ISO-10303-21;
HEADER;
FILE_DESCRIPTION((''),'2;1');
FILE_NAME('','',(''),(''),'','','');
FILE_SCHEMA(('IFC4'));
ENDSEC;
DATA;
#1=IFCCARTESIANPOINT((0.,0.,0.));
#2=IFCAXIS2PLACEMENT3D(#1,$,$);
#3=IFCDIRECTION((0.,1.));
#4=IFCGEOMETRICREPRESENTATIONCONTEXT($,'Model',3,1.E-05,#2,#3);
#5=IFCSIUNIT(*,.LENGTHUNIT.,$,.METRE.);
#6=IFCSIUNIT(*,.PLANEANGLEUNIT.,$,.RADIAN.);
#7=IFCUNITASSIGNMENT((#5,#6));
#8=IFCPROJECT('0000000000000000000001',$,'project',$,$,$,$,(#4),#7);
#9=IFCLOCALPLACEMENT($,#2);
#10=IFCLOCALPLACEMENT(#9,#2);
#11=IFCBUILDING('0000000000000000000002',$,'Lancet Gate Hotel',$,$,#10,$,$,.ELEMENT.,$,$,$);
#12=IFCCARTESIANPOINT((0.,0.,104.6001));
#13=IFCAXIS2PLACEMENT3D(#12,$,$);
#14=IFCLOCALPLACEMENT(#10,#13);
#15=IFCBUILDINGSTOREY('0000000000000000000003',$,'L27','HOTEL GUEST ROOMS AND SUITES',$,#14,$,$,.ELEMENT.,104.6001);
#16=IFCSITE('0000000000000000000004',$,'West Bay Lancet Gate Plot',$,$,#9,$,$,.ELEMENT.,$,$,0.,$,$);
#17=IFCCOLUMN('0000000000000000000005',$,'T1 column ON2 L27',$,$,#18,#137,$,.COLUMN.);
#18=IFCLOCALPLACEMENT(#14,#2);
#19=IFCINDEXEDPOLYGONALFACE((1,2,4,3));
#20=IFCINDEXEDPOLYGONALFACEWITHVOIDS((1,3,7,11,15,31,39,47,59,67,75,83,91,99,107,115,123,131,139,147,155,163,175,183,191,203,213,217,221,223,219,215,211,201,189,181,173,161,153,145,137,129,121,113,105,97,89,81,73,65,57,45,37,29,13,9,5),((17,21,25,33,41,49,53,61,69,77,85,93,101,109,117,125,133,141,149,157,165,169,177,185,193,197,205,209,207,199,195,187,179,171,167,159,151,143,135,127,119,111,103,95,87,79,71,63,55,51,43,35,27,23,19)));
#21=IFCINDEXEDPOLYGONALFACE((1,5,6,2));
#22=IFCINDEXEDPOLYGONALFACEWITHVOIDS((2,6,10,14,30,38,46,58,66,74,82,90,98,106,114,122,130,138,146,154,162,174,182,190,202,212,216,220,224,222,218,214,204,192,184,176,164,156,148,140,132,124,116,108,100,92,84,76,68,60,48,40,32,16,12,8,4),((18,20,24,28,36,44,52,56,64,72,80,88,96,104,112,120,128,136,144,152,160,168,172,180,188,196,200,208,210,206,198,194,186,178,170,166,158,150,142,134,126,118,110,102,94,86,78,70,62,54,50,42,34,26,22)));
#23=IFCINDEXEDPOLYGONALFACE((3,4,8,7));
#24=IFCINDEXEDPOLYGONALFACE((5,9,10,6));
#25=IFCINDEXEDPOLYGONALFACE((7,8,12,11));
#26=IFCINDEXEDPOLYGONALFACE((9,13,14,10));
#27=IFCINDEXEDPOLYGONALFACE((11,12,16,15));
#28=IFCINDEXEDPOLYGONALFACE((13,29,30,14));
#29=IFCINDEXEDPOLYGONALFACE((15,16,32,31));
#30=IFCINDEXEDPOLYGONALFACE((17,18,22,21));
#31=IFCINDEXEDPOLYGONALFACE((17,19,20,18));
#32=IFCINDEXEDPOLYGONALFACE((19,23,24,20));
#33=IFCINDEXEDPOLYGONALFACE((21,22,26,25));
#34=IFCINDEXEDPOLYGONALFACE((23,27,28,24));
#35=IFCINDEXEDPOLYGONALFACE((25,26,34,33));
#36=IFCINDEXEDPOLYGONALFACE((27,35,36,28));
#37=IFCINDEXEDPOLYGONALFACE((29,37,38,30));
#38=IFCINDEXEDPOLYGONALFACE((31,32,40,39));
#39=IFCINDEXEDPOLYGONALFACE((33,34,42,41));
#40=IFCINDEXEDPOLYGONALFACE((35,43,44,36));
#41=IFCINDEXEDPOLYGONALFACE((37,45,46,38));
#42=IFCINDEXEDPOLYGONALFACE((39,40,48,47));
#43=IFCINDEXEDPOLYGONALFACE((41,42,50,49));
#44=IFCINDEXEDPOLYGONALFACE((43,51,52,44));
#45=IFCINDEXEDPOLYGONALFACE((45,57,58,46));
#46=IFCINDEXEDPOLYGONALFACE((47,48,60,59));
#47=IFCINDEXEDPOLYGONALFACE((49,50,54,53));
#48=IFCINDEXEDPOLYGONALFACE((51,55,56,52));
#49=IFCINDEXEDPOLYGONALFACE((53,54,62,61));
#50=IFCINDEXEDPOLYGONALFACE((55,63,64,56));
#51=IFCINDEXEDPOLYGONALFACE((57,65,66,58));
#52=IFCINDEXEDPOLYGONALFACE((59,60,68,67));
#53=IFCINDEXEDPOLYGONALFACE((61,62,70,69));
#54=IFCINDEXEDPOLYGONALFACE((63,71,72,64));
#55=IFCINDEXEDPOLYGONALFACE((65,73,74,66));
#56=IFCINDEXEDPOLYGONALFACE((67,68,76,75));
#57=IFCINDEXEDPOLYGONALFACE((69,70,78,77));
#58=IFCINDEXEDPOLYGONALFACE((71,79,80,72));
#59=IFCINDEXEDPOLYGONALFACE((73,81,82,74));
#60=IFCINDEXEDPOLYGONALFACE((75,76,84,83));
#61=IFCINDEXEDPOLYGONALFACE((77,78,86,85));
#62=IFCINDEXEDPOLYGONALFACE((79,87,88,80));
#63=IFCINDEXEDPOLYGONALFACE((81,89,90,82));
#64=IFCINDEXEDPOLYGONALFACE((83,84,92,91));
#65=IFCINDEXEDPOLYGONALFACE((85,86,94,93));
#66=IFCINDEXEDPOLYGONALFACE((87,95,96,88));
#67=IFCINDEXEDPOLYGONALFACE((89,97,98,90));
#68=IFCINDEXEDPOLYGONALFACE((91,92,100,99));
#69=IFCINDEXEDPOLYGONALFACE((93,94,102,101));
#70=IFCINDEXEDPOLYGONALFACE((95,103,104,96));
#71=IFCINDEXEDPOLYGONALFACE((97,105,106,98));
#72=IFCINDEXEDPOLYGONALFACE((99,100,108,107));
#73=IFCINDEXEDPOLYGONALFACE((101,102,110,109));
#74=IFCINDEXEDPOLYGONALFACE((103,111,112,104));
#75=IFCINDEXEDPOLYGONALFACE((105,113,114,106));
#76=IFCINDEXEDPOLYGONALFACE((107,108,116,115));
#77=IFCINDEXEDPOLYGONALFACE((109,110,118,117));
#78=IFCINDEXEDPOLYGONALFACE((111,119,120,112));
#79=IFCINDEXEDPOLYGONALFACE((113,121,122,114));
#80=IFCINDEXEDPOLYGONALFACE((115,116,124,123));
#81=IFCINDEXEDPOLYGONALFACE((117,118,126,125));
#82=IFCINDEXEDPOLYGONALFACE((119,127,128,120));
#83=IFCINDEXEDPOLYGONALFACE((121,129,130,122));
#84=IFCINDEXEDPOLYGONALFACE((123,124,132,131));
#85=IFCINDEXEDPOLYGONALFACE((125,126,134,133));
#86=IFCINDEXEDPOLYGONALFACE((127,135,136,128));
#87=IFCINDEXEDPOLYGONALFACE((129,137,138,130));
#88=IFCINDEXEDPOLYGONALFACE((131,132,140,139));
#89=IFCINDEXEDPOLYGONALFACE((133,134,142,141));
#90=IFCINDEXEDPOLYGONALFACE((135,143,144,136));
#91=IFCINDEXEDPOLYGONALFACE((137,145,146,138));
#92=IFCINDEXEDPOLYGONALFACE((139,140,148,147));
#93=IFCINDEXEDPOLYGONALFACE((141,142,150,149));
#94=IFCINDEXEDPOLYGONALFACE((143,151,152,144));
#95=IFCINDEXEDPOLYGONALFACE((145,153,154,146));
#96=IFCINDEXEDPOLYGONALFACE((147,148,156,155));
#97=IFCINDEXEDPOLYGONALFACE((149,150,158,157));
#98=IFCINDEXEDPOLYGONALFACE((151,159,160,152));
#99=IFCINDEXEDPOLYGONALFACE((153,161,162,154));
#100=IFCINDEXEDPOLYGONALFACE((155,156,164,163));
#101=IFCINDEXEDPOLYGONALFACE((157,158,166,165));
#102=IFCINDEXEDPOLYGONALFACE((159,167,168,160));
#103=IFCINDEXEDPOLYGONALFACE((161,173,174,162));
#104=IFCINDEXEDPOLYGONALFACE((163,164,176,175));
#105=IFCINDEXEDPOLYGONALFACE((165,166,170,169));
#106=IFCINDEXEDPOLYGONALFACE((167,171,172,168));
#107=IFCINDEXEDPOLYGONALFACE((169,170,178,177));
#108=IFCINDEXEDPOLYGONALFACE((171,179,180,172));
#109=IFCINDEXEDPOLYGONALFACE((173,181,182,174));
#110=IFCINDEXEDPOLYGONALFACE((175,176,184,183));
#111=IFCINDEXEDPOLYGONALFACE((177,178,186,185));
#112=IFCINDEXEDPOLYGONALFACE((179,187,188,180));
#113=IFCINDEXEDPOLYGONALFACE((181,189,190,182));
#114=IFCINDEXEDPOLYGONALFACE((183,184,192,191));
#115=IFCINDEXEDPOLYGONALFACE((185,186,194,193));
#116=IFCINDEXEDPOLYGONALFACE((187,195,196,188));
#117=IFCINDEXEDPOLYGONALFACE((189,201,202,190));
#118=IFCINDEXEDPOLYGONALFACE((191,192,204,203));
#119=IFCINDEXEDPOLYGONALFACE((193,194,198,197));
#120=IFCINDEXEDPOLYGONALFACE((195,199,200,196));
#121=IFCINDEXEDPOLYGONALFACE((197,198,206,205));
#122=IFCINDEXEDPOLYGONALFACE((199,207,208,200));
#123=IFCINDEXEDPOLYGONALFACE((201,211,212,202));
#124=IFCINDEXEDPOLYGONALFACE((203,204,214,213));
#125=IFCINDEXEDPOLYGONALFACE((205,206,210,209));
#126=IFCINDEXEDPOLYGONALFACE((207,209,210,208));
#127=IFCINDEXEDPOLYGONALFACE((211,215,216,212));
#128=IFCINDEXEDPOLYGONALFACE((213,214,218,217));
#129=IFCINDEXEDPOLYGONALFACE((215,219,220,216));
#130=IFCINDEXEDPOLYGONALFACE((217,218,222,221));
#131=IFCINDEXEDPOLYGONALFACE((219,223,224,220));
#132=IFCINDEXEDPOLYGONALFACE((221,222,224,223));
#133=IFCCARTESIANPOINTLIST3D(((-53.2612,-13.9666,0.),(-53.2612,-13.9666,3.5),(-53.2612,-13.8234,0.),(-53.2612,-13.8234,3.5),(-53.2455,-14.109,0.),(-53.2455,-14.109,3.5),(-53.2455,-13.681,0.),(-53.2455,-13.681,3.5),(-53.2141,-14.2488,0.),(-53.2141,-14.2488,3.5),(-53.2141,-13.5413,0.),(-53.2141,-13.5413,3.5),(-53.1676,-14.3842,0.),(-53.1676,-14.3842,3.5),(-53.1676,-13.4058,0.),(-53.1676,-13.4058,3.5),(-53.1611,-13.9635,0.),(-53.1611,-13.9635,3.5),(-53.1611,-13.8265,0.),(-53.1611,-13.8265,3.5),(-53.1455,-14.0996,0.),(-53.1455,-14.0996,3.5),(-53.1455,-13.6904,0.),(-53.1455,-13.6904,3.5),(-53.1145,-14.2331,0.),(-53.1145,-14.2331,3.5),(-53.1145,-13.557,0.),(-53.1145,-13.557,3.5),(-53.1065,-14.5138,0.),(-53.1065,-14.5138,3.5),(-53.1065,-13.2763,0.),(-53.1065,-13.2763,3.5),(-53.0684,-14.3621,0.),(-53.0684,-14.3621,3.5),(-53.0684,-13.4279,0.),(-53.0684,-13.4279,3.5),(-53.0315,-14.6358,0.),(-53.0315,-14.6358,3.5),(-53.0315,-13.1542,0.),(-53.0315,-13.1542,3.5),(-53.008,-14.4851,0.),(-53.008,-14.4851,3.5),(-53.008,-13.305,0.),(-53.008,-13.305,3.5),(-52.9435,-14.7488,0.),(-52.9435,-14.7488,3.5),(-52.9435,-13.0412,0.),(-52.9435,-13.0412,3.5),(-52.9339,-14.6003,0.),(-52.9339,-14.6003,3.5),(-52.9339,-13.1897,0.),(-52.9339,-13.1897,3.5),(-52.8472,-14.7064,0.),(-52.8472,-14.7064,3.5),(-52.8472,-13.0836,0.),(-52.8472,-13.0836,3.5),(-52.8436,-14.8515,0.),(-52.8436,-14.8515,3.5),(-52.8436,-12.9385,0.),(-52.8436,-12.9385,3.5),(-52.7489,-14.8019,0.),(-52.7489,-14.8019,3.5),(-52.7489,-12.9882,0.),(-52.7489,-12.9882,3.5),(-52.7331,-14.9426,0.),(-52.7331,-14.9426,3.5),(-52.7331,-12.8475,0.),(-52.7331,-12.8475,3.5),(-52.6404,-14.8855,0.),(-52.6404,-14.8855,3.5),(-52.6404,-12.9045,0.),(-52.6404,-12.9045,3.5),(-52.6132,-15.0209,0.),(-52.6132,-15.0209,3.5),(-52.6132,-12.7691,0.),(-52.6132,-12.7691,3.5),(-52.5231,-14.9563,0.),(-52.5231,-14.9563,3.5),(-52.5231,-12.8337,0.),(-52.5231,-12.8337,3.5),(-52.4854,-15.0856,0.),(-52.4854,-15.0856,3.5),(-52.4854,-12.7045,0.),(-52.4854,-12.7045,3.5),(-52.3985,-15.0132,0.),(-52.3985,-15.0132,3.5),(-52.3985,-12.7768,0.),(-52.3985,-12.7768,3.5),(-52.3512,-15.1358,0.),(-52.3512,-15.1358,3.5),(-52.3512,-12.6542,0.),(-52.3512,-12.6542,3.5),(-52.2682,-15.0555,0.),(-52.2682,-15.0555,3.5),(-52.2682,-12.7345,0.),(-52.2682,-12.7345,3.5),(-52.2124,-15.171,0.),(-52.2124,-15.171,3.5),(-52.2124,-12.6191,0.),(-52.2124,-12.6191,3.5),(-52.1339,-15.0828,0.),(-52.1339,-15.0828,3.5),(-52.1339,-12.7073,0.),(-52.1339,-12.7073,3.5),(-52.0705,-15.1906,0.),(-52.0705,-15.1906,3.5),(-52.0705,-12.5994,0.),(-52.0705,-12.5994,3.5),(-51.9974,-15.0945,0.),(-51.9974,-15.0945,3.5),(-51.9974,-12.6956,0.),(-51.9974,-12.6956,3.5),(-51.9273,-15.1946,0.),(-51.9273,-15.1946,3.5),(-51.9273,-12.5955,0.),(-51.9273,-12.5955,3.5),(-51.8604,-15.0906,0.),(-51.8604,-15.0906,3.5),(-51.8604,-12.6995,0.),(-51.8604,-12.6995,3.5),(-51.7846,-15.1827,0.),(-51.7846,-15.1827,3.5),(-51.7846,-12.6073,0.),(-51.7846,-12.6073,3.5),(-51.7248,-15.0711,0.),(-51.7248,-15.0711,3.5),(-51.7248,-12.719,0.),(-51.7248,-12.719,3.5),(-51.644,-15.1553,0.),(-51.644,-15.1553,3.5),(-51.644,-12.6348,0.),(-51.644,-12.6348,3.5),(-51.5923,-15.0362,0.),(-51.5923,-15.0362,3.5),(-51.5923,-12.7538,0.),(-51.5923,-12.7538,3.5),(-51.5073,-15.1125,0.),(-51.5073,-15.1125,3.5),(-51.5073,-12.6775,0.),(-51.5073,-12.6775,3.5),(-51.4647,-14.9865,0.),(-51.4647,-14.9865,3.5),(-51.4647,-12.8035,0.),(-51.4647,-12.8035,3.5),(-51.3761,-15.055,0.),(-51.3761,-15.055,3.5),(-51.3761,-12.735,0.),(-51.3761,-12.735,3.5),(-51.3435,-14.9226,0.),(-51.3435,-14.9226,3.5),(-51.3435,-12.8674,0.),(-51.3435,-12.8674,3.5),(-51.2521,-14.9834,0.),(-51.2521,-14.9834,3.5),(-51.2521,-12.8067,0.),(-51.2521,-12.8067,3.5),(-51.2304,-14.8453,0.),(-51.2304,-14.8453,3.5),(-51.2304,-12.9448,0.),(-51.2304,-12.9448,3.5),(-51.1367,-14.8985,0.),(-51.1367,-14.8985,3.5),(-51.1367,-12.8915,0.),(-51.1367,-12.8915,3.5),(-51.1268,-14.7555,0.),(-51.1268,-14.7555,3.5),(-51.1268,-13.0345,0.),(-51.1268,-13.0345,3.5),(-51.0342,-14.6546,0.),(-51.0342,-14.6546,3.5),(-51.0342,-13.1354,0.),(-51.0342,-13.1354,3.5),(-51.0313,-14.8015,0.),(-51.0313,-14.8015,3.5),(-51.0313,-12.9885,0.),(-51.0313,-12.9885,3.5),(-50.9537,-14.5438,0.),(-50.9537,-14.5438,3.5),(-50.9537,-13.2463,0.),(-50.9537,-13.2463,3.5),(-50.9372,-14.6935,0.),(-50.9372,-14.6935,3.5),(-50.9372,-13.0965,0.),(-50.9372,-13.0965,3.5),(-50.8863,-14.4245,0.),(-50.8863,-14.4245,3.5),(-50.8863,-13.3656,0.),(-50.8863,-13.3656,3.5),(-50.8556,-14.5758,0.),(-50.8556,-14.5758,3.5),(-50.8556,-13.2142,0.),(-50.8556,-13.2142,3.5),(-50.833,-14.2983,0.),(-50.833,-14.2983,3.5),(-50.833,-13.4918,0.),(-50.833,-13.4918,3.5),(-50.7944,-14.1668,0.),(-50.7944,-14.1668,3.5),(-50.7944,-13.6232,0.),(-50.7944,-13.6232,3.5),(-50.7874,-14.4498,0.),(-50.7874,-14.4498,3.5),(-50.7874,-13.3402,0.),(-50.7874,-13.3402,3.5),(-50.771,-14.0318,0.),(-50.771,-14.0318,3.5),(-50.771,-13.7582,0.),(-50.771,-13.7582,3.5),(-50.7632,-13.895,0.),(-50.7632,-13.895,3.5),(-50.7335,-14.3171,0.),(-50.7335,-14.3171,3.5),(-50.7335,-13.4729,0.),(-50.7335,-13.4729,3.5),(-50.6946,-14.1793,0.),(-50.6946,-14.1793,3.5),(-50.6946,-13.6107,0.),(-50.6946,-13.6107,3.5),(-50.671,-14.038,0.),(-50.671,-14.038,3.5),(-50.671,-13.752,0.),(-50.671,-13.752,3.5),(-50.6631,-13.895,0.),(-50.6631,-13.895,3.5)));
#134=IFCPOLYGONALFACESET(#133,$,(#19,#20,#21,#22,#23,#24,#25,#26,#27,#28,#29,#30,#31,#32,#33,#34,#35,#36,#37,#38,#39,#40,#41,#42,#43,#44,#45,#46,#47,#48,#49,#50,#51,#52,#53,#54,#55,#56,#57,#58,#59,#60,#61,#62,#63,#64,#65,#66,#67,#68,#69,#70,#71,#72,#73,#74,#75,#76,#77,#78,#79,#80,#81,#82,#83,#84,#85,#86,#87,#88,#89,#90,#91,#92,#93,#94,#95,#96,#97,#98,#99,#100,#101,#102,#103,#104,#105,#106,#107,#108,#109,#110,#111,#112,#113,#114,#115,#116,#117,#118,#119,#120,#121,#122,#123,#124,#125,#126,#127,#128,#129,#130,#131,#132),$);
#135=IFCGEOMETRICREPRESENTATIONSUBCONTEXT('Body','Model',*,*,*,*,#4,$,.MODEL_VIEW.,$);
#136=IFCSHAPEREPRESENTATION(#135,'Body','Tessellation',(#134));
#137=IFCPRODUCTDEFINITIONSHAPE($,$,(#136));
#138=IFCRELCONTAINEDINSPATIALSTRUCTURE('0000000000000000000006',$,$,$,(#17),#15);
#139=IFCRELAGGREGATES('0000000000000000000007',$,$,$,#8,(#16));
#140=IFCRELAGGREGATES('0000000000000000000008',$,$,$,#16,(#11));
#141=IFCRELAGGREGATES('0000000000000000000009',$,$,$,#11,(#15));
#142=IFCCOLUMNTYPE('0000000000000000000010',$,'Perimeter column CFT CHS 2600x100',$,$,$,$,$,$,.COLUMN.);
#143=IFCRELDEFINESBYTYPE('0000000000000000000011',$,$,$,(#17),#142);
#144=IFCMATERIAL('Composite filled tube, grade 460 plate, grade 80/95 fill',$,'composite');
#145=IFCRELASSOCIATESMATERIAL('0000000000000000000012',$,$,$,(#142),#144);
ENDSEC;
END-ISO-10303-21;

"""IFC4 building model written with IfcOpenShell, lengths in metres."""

from ifc_helpers import new_model, si_unit, direction, frame, origin, origin_2d, place, context, subcontext, project, spatial, hollow_circle, extrude, material, material_profile, profile_set, type_object, element, save


model = new_model("IFC4")

# Units and contexts
model_context = context("Model", 3, precision=1e-05, world=origin(), true_north=direction((0.0, 1.0)))
body_context = subcontext(model_context, "Body", "Model", "MODEL_VIEW")
ifc_project = project(units=[si_unit("LENGTHUNIT", "METRE"), si_unit("PLANEANGLEUNIT", "RADIAN")], contexts=[model_context])

# Site, building, storey
site_placement = place(None, origin())
site = spatial("IfcSite", under=ifc_project, at=site_placement, Name="West Bay Lancet Gate Plot", CompositionType="ELEMENT", RefElevation=0.0)
building_placement = place(site_placement, origin())
building = spatial("IfcBuilding", under=site, at=building_placement, Name="Lancet Gate Hotel", CompositionType="ELEMENT")
storey_placement = place(building_placement, frame((0.0, 0.0, 104.6001)))
storey = spatial("IfcBuildingStorey", under=building, at=storey_placement, Name="L27", Description="HOTEL GUEST ROOMS AND SUITES", CompositionType="ELEMENT", Elevation=104.6001)

# Column
ifc_material_1 = material(Name="Composite filled tube, grade 460 plate, grade 80/95 fill", Category="composite")
ifc_material_profile_1 = material_profile(ifc_material_1, hollow_circle(Radius=1.3, WallThickness=0.1001, at=origin_2d()), Name="CHS 2600x100")
ifc_profile_set_1 = profile_set([ifc_material_profile_1], Name="Composite filled tube, grade 460 plate, grade 80/95 fill")
column_type = type_object("IfcColumnType", Name="Perimeter column CFT CHS 2600x100", PredefinedType="COLUMN", material=ifc_profile_set_1)
for number, where, z_axis, x_axis, name in (
    (1, (-51.9631, -13.895, 0.0), (0.0, 0.0, 1.0), (1.0, 0.0, 0.0), "T1 column ON2 L27"),
):
    element("IfcColumn", number, at=place(storey_placement, frame(where, z_axis=z_axis, x_axis=x_axis)), inside=storey, type_object=column_type, Name=name, PredefinedType="COLUMN", context=body_context, shape_type="SweptSolid", body=[
        extrude(hollow_circle(Radius=1.3, WallThickness=0.1001, at=origin_2d()), origin(), (0.0, 0.0, 1.0), 3.5),
    ])

save(model, "model.ifc")
